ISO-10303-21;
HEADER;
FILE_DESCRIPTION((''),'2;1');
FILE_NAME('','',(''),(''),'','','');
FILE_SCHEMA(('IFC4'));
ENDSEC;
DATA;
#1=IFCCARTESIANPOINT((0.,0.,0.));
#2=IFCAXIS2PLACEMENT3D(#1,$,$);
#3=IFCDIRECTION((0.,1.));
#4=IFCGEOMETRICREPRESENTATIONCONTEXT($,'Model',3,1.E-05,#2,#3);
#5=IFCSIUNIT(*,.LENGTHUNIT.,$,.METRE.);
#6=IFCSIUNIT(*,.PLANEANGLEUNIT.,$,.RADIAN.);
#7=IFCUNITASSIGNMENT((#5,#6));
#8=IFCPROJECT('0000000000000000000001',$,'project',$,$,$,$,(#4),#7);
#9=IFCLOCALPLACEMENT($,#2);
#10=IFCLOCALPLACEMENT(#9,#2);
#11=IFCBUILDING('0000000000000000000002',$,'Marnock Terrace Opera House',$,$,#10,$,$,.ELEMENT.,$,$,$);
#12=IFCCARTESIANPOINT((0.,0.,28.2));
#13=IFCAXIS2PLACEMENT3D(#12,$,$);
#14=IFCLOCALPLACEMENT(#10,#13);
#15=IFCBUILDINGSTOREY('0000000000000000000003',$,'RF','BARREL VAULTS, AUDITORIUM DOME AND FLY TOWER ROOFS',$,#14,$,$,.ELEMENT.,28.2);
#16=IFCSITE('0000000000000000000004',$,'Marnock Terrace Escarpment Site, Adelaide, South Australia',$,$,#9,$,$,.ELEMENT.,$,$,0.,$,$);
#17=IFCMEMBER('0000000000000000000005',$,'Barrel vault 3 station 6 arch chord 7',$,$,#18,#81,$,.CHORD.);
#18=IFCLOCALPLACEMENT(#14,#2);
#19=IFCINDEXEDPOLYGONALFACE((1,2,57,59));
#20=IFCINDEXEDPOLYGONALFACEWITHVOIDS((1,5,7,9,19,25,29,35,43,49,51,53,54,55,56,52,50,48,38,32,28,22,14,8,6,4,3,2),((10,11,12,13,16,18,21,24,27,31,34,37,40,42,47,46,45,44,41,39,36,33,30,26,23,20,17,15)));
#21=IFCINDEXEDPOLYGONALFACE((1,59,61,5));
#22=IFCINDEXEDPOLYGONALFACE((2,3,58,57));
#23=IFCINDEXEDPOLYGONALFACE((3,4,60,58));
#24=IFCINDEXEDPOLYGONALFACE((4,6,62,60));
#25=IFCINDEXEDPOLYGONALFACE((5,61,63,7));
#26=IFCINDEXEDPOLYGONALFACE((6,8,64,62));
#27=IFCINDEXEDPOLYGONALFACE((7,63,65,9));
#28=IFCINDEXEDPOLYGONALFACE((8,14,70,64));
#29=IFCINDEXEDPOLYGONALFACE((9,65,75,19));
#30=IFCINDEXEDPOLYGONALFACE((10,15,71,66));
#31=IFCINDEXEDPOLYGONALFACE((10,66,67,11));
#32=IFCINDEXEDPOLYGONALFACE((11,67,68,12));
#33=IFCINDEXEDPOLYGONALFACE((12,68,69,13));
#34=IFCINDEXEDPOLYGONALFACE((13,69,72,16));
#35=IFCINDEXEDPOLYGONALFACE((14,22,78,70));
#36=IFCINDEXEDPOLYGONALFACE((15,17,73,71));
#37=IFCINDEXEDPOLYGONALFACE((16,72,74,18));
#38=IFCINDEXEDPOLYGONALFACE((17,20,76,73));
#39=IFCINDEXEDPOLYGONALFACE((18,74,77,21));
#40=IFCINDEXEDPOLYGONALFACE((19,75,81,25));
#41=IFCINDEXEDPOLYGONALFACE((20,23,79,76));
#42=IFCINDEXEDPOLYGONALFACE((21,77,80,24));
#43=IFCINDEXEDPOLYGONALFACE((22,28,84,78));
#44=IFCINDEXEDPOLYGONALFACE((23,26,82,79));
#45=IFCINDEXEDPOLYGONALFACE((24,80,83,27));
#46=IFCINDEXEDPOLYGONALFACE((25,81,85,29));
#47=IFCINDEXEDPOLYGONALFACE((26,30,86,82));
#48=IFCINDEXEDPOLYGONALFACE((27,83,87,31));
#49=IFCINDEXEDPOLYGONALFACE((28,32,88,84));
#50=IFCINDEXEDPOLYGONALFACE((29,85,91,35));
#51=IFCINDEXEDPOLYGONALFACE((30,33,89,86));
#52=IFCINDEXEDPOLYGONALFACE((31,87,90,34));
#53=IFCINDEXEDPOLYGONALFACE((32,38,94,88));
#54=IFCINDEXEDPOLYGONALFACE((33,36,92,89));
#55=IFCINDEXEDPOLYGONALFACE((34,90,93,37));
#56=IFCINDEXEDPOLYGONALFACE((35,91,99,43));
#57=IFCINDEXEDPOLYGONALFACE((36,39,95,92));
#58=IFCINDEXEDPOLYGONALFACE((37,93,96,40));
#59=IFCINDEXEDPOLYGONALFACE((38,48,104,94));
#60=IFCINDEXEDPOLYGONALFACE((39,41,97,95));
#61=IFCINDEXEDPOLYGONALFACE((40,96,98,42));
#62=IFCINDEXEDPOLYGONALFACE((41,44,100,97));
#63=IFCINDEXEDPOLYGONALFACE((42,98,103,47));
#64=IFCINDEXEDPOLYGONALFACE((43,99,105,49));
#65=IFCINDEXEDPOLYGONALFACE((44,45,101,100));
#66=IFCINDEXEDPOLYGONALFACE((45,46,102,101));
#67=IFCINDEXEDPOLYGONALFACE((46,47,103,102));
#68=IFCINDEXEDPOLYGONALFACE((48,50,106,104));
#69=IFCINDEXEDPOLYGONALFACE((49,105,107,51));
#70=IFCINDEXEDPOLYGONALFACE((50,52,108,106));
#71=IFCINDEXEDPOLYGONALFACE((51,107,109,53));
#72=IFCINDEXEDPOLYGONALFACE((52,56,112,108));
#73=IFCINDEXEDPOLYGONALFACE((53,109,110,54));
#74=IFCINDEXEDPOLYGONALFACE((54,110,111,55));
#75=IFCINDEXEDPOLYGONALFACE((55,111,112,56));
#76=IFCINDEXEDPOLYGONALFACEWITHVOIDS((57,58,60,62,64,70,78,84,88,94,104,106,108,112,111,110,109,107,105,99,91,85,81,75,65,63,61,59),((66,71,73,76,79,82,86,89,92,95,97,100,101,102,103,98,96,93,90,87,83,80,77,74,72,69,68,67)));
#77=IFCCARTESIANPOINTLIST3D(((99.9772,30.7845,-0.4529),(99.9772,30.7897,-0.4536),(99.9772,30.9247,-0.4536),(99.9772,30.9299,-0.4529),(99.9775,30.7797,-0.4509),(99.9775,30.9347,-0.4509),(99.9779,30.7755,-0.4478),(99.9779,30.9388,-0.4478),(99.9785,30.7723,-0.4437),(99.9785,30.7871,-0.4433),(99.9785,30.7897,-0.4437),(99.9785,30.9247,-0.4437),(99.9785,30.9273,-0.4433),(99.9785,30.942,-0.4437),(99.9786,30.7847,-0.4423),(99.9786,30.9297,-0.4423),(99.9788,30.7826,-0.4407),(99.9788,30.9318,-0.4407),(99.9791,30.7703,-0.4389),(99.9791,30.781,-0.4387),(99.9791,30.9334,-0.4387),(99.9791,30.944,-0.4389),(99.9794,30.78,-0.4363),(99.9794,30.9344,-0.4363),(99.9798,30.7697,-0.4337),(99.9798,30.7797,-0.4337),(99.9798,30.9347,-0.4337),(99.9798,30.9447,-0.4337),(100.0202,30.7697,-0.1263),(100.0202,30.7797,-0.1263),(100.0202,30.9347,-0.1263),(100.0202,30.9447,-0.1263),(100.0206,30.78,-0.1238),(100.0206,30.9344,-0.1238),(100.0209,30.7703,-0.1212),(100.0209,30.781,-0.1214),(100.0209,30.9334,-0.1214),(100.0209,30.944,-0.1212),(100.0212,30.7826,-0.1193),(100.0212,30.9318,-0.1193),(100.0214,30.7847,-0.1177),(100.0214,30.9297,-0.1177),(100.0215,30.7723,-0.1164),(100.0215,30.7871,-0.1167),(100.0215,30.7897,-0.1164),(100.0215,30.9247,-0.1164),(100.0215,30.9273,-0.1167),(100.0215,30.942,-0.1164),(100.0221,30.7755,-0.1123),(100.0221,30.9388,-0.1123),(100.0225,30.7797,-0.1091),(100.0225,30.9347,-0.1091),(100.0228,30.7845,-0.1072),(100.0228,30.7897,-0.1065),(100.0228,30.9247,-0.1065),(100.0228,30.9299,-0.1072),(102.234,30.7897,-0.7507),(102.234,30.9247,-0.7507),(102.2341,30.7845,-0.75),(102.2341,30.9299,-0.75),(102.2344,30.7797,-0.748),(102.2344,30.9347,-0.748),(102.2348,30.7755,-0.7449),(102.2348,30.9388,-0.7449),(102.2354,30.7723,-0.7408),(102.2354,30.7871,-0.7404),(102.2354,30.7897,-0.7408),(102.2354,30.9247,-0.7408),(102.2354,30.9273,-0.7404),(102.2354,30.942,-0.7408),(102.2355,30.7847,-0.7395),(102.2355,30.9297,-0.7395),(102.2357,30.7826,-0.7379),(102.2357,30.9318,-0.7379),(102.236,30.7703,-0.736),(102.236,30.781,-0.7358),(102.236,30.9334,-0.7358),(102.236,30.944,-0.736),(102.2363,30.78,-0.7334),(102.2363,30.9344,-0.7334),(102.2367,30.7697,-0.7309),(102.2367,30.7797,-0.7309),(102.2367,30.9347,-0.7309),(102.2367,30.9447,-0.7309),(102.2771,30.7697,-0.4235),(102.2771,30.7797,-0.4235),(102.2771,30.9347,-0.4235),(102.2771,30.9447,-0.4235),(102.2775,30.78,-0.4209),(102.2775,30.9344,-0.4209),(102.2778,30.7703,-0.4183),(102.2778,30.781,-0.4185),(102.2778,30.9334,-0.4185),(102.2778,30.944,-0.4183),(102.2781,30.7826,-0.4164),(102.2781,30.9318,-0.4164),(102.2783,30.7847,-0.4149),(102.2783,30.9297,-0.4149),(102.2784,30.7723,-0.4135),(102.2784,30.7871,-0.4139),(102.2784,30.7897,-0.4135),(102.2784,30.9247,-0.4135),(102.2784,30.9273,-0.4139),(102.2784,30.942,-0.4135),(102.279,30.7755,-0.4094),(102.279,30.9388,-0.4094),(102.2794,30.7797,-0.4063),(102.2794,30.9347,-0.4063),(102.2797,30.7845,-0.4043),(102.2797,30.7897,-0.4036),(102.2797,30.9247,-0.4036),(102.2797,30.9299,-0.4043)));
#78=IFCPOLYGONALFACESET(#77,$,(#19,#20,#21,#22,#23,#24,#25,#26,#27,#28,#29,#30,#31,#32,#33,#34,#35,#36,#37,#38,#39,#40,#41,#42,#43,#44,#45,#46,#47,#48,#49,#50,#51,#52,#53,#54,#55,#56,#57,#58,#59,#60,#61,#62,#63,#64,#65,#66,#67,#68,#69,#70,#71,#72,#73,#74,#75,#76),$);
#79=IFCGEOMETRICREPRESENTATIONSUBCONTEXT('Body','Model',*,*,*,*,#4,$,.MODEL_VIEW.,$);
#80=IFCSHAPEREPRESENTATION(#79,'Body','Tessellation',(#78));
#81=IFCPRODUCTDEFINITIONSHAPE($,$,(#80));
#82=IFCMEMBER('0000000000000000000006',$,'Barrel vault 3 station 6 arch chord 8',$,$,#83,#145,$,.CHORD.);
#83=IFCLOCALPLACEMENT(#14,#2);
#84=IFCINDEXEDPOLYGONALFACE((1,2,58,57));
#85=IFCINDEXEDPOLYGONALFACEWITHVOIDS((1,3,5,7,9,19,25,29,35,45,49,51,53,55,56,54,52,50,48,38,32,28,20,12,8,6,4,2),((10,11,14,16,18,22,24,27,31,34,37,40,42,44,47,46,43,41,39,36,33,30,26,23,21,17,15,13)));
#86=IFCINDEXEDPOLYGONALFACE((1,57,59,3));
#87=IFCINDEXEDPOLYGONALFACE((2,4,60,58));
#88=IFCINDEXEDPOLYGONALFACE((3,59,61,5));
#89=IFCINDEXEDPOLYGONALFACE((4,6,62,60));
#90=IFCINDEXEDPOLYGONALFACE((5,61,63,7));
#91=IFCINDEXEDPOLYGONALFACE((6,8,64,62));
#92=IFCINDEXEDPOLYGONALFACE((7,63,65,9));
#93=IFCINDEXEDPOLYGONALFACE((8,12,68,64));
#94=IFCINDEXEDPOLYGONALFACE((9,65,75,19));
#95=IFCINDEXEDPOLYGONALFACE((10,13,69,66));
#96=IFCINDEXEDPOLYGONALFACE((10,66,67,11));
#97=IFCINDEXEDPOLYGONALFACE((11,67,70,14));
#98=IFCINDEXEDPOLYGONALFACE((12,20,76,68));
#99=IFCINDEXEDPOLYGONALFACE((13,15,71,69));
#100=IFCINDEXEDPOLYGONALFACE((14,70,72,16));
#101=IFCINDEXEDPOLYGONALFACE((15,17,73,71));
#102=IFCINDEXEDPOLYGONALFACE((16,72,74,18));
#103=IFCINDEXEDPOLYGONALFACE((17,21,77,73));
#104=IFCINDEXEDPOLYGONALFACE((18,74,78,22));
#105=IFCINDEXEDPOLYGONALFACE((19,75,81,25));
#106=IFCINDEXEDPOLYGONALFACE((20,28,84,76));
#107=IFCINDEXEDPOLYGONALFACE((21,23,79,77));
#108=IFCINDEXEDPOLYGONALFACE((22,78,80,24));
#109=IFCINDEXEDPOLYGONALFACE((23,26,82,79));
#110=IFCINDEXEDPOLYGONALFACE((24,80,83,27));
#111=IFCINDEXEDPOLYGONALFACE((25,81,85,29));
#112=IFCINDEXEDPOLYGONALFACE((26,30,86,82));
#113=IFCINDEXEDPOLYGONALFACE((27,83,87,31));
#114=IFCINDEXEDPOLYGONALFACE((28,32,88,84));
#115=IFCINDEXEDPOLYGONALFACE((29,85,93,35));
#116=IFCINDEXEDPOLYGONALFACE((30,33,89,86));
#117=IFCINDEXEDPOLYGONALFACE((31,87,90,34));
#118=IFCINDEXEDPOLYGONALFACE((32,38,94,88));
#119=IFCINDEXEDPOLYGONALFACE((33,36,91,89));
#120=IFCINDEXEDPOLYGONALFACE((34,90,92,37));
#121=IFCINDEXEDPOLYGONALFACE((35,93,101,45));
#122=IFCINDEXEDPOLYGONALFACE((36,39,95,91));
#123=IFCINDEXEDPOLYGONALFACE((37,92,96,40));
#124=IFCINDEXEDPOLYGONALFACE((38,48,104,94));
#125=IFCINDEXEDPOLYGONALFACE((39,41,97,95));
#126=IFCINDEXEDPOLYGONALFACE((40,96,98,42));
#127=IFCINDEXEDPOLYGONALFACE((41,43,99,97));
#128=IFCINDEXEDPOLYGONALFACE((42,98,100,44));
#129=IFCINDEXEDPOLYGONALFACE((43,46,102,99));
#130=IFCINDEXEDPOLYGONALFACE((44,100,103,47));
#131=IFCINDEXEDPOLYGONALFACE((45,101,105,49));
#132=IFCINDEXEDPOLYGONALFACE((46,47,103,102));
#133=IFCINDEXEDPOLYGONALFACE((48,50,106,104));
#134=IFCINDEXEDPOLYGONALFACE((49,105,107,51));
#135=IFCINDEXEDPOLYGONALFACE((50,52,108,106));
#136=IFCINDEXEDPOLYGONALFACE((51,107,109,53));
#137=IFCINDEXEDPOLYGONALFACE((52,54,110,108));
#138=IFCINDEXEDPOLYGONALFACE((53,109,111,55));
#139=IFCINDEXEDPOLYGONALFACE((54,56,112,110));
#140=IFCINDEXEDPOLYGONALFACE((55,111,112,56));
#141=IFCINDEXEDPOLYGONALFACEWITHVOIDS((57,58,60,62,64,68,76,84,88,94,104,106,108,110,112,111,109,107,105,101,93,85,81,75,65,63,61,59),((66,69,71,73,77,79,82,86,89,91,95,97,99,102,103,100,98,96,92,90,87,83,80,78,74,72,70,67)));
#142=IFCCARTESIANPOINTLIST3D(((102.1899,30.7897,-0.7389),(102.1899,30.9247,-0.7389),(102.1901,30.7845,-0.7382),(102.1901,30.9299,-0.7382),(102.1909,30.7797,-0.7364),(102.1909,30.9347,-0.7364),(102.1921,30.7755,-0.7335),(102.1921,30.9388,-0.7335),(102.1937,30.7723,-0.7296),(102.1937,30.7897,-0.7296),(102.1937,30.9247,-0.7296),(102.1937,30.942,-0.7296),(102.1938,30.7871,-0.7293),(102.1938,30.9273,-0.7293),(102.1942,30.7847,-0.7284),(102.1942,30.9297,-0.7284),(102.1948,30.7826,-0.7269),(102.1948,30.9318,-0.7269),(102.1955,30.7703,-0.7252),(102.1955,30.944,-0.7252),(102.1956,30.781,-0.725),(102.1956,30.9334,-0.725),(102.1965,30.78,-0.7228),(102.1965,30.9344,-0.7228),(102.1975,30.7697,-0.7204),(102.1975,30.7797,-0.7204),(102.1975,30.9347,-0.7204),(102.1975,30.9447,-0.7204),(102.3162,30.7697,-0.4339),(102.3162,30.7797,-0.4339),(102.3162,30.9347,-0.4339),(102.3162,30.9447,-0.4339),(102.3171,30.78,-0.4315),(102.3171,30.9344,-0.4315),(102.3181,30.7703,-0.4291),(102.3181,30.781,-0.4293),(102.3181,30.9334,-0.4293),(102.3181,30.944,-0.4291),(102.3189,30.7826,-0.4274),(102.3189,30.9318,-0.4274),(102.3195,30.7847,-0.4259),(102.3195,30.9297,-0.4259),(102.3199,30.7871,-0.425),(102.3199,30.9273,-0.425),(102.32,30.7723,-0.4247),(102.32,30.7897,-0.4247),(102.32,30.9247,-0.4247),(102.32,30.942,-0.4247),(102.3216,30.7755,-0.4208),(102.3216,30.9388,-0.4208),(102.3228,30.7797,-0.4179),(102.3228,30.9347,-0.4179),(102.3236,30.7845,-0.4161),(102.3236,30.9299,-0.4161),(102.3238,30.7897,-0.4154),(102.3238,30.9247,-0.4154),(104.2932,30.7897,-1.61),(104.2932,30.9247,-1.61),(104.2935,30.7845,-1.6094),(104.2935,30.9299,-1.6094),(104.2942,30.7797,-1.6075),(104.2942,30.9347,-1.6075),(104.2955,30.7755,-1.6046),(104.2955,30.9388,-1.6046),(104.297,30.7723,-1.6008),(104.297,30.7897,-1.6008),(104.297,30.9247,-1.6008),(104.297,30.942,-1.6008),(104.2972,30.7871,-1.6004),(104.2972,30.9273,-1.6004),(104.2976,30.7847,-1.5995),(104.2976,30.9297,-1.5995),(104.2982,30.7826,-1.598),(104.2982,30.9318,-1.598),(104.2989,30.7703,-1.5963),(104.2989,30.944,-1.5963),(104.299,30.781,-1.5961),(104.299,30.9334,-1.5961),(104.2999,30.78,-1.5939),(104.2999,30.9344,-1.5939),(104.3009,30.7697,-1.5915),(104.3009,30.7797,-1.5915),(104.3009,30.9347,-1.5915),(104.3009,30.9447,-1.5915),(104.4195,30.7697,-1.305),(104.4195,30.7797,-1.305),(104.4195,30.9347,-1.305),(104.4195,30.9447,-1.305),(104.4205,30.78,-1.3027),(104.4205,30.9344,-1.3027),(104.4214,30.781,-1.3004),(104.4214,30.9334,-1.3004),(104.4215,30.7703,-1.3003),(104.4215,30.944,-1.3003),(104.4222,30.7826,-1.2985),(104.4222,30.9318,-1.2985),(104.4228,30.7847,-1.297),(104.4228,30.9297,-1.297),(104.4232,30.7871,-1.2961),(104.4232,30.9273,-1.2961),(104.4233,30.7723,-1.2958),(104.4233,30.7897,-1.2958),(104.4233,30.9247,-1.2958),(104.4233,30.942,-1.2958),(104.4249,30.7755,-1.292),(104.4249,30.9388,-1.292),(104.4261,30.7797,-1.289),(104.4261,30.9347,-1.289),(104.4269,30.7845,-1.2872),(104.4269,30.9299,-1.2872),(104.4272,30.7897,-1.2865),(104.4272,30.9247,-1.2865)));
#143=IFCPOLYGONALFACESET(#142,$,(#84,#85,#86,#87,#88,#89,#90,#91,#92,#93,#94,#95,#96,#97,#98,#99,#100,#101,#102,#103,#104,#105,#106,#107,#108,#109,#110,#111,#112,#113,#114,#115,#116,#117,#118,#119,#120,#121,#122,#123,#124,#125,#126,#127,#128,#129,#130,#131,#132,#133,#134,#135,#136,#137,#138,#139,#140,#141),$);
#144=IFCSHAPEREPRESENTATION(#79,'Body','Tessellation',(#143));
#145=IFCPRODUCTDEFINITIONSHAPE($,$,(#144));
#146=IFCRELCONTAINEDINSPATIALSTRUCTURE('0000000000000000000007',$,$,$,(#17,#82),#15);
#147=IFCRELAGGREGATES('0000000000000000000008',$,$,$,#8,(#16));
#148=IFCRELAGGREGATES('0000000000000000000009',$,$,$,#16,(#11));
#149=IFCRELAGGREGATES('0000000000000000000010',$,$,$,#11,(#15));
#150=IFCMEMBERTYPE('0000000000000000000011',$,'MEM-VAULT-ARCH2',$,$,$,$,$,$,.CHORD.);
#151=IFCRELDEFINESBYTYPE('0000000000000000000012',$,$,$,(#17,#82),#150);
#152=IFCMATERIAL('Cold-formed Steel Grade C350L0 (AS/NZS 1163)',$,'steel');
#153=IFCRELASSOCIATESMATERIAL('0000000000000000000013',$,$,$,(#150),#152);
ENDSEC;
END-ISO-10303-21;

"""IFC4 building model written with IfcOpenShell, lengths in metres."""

from ifc_helpers import new_model, si_unit, direction, frame, origin, origin_2d, place, context, subcontext, project, spatial, hollow_rectangle, extrude, material, material_profile, profile_set, type_object, element, save


model = new_model("IFC4")

# Units and contexts
model_context = context("Model", 3, precision=1e-05, world=origin(), true_north=direction((0.0, 1.0)))
body_context = subcontext(model_context, "Body", "Model", "MODEL_VIEW")
ifc_project = project(units=[si_unit("LENGTHUNIT", "METRE"), si_unit("PLANEANGLEUNIT", "RADIAN")], contexts=[model_context])

# Site, building, storey
site_placement = place(None, origin())
site = spatial("IfcSite", under=ifc_project, at=site_placement, Name="Marnock Terrace Escarpment Site, Adelaide, South Australia", CompositionType="ELEMENT", RefElevation=0.0)
building_placement = place(site_placement, origin())
building = spatial("IfcBuilding", under=site, at=building_placement, Name="Marnock Terrace Opera House", CompositionType="ELEMENT")
storey_placement = place(building_placement, frame((0.0, 0.0, 28.2)))
storey = spatial("IfcBuildingStorey", under=building, at=storey_placement, Name="RF", Description="BARREL VAULTS, AUDITORIUM DOME AND FLY TOWER ROOFS", CompositionType="ELEMENT", Elevation=28.2)

# Members
ifc_material = material(Name="Cold-formed Steel Grade C350L0 (AS/NZS 1163)", Category="steel")
ifc_material_profile_1 = material_profile(ifc_material, hollow_rectangle(XDim=0.175, YDim=0.3501, WallThickness=0.01, InnerFilletRadius=0.01, OuterFilletRadius=0.02, at=origin_2d()))
ifc_profile_set_1 = profile_set([ifc_material_profile_1], Name="Cold-formed Steel Grade C350L0 (AS/NZS 1163)")
member_type_1 = type_object("IfcMemberType", Name="MEM-VAULT-ARCH2", PredefinedType="CHORD", material=ifc_profile_set_1)
for number, where, z_axis, x_axis, name in (
    (1, (100.0, 30.8572, -0.28), (0.991445, 0.0, -0.130527), (0.0, 1.0, 0.0), "Barrel vault 3 station 6 arch chord 7"),
):
    element("IfcMember", number, at=place(storey_placement, frame(where, z_axis=z_axis, x_axis=x_axis)), inside=storey, type_object=member_type_1, Name=name, PredefinedType="CHORD", context=body_context, shape_type="SweptSolid", body=[
        extrude(hollow_rectangle(XDim=0.175, YDim=0.3501, WallThickness=0.01, InnerFilletRadius=0.01, OuterFilletRadius=0.02, at=origin_2d()), origin(), (0.0, 0.0, 1.0), 2.2764),
    ])
member_1_placement = place(storey_placement, frame((102.2568, 30.8572, -0.5771), z_axis=(0.923897, 0.0, -0.382642), x_axis=(0.0, 1.0, 0.0)))
element("IfcMember", 2, at=member_1_placement, inside=storey, type_object=member_type_1, Name="Barrel vault 3 station 6 arch chord 8", PredefinedType="CHORD", context=body_context, shape_type="SweptSolid", body=[
    extrude(hollow_rectangle(XDim=0.175, YDim=0.3501, WallThickness=0.01, InnerFilletRadius=0.01, OuterFilletRadius=0.02, at=origin_2d()), origin(), (0.0, 0.0, 1.0), 2.2766),
])

save(model, "model.ifc")
